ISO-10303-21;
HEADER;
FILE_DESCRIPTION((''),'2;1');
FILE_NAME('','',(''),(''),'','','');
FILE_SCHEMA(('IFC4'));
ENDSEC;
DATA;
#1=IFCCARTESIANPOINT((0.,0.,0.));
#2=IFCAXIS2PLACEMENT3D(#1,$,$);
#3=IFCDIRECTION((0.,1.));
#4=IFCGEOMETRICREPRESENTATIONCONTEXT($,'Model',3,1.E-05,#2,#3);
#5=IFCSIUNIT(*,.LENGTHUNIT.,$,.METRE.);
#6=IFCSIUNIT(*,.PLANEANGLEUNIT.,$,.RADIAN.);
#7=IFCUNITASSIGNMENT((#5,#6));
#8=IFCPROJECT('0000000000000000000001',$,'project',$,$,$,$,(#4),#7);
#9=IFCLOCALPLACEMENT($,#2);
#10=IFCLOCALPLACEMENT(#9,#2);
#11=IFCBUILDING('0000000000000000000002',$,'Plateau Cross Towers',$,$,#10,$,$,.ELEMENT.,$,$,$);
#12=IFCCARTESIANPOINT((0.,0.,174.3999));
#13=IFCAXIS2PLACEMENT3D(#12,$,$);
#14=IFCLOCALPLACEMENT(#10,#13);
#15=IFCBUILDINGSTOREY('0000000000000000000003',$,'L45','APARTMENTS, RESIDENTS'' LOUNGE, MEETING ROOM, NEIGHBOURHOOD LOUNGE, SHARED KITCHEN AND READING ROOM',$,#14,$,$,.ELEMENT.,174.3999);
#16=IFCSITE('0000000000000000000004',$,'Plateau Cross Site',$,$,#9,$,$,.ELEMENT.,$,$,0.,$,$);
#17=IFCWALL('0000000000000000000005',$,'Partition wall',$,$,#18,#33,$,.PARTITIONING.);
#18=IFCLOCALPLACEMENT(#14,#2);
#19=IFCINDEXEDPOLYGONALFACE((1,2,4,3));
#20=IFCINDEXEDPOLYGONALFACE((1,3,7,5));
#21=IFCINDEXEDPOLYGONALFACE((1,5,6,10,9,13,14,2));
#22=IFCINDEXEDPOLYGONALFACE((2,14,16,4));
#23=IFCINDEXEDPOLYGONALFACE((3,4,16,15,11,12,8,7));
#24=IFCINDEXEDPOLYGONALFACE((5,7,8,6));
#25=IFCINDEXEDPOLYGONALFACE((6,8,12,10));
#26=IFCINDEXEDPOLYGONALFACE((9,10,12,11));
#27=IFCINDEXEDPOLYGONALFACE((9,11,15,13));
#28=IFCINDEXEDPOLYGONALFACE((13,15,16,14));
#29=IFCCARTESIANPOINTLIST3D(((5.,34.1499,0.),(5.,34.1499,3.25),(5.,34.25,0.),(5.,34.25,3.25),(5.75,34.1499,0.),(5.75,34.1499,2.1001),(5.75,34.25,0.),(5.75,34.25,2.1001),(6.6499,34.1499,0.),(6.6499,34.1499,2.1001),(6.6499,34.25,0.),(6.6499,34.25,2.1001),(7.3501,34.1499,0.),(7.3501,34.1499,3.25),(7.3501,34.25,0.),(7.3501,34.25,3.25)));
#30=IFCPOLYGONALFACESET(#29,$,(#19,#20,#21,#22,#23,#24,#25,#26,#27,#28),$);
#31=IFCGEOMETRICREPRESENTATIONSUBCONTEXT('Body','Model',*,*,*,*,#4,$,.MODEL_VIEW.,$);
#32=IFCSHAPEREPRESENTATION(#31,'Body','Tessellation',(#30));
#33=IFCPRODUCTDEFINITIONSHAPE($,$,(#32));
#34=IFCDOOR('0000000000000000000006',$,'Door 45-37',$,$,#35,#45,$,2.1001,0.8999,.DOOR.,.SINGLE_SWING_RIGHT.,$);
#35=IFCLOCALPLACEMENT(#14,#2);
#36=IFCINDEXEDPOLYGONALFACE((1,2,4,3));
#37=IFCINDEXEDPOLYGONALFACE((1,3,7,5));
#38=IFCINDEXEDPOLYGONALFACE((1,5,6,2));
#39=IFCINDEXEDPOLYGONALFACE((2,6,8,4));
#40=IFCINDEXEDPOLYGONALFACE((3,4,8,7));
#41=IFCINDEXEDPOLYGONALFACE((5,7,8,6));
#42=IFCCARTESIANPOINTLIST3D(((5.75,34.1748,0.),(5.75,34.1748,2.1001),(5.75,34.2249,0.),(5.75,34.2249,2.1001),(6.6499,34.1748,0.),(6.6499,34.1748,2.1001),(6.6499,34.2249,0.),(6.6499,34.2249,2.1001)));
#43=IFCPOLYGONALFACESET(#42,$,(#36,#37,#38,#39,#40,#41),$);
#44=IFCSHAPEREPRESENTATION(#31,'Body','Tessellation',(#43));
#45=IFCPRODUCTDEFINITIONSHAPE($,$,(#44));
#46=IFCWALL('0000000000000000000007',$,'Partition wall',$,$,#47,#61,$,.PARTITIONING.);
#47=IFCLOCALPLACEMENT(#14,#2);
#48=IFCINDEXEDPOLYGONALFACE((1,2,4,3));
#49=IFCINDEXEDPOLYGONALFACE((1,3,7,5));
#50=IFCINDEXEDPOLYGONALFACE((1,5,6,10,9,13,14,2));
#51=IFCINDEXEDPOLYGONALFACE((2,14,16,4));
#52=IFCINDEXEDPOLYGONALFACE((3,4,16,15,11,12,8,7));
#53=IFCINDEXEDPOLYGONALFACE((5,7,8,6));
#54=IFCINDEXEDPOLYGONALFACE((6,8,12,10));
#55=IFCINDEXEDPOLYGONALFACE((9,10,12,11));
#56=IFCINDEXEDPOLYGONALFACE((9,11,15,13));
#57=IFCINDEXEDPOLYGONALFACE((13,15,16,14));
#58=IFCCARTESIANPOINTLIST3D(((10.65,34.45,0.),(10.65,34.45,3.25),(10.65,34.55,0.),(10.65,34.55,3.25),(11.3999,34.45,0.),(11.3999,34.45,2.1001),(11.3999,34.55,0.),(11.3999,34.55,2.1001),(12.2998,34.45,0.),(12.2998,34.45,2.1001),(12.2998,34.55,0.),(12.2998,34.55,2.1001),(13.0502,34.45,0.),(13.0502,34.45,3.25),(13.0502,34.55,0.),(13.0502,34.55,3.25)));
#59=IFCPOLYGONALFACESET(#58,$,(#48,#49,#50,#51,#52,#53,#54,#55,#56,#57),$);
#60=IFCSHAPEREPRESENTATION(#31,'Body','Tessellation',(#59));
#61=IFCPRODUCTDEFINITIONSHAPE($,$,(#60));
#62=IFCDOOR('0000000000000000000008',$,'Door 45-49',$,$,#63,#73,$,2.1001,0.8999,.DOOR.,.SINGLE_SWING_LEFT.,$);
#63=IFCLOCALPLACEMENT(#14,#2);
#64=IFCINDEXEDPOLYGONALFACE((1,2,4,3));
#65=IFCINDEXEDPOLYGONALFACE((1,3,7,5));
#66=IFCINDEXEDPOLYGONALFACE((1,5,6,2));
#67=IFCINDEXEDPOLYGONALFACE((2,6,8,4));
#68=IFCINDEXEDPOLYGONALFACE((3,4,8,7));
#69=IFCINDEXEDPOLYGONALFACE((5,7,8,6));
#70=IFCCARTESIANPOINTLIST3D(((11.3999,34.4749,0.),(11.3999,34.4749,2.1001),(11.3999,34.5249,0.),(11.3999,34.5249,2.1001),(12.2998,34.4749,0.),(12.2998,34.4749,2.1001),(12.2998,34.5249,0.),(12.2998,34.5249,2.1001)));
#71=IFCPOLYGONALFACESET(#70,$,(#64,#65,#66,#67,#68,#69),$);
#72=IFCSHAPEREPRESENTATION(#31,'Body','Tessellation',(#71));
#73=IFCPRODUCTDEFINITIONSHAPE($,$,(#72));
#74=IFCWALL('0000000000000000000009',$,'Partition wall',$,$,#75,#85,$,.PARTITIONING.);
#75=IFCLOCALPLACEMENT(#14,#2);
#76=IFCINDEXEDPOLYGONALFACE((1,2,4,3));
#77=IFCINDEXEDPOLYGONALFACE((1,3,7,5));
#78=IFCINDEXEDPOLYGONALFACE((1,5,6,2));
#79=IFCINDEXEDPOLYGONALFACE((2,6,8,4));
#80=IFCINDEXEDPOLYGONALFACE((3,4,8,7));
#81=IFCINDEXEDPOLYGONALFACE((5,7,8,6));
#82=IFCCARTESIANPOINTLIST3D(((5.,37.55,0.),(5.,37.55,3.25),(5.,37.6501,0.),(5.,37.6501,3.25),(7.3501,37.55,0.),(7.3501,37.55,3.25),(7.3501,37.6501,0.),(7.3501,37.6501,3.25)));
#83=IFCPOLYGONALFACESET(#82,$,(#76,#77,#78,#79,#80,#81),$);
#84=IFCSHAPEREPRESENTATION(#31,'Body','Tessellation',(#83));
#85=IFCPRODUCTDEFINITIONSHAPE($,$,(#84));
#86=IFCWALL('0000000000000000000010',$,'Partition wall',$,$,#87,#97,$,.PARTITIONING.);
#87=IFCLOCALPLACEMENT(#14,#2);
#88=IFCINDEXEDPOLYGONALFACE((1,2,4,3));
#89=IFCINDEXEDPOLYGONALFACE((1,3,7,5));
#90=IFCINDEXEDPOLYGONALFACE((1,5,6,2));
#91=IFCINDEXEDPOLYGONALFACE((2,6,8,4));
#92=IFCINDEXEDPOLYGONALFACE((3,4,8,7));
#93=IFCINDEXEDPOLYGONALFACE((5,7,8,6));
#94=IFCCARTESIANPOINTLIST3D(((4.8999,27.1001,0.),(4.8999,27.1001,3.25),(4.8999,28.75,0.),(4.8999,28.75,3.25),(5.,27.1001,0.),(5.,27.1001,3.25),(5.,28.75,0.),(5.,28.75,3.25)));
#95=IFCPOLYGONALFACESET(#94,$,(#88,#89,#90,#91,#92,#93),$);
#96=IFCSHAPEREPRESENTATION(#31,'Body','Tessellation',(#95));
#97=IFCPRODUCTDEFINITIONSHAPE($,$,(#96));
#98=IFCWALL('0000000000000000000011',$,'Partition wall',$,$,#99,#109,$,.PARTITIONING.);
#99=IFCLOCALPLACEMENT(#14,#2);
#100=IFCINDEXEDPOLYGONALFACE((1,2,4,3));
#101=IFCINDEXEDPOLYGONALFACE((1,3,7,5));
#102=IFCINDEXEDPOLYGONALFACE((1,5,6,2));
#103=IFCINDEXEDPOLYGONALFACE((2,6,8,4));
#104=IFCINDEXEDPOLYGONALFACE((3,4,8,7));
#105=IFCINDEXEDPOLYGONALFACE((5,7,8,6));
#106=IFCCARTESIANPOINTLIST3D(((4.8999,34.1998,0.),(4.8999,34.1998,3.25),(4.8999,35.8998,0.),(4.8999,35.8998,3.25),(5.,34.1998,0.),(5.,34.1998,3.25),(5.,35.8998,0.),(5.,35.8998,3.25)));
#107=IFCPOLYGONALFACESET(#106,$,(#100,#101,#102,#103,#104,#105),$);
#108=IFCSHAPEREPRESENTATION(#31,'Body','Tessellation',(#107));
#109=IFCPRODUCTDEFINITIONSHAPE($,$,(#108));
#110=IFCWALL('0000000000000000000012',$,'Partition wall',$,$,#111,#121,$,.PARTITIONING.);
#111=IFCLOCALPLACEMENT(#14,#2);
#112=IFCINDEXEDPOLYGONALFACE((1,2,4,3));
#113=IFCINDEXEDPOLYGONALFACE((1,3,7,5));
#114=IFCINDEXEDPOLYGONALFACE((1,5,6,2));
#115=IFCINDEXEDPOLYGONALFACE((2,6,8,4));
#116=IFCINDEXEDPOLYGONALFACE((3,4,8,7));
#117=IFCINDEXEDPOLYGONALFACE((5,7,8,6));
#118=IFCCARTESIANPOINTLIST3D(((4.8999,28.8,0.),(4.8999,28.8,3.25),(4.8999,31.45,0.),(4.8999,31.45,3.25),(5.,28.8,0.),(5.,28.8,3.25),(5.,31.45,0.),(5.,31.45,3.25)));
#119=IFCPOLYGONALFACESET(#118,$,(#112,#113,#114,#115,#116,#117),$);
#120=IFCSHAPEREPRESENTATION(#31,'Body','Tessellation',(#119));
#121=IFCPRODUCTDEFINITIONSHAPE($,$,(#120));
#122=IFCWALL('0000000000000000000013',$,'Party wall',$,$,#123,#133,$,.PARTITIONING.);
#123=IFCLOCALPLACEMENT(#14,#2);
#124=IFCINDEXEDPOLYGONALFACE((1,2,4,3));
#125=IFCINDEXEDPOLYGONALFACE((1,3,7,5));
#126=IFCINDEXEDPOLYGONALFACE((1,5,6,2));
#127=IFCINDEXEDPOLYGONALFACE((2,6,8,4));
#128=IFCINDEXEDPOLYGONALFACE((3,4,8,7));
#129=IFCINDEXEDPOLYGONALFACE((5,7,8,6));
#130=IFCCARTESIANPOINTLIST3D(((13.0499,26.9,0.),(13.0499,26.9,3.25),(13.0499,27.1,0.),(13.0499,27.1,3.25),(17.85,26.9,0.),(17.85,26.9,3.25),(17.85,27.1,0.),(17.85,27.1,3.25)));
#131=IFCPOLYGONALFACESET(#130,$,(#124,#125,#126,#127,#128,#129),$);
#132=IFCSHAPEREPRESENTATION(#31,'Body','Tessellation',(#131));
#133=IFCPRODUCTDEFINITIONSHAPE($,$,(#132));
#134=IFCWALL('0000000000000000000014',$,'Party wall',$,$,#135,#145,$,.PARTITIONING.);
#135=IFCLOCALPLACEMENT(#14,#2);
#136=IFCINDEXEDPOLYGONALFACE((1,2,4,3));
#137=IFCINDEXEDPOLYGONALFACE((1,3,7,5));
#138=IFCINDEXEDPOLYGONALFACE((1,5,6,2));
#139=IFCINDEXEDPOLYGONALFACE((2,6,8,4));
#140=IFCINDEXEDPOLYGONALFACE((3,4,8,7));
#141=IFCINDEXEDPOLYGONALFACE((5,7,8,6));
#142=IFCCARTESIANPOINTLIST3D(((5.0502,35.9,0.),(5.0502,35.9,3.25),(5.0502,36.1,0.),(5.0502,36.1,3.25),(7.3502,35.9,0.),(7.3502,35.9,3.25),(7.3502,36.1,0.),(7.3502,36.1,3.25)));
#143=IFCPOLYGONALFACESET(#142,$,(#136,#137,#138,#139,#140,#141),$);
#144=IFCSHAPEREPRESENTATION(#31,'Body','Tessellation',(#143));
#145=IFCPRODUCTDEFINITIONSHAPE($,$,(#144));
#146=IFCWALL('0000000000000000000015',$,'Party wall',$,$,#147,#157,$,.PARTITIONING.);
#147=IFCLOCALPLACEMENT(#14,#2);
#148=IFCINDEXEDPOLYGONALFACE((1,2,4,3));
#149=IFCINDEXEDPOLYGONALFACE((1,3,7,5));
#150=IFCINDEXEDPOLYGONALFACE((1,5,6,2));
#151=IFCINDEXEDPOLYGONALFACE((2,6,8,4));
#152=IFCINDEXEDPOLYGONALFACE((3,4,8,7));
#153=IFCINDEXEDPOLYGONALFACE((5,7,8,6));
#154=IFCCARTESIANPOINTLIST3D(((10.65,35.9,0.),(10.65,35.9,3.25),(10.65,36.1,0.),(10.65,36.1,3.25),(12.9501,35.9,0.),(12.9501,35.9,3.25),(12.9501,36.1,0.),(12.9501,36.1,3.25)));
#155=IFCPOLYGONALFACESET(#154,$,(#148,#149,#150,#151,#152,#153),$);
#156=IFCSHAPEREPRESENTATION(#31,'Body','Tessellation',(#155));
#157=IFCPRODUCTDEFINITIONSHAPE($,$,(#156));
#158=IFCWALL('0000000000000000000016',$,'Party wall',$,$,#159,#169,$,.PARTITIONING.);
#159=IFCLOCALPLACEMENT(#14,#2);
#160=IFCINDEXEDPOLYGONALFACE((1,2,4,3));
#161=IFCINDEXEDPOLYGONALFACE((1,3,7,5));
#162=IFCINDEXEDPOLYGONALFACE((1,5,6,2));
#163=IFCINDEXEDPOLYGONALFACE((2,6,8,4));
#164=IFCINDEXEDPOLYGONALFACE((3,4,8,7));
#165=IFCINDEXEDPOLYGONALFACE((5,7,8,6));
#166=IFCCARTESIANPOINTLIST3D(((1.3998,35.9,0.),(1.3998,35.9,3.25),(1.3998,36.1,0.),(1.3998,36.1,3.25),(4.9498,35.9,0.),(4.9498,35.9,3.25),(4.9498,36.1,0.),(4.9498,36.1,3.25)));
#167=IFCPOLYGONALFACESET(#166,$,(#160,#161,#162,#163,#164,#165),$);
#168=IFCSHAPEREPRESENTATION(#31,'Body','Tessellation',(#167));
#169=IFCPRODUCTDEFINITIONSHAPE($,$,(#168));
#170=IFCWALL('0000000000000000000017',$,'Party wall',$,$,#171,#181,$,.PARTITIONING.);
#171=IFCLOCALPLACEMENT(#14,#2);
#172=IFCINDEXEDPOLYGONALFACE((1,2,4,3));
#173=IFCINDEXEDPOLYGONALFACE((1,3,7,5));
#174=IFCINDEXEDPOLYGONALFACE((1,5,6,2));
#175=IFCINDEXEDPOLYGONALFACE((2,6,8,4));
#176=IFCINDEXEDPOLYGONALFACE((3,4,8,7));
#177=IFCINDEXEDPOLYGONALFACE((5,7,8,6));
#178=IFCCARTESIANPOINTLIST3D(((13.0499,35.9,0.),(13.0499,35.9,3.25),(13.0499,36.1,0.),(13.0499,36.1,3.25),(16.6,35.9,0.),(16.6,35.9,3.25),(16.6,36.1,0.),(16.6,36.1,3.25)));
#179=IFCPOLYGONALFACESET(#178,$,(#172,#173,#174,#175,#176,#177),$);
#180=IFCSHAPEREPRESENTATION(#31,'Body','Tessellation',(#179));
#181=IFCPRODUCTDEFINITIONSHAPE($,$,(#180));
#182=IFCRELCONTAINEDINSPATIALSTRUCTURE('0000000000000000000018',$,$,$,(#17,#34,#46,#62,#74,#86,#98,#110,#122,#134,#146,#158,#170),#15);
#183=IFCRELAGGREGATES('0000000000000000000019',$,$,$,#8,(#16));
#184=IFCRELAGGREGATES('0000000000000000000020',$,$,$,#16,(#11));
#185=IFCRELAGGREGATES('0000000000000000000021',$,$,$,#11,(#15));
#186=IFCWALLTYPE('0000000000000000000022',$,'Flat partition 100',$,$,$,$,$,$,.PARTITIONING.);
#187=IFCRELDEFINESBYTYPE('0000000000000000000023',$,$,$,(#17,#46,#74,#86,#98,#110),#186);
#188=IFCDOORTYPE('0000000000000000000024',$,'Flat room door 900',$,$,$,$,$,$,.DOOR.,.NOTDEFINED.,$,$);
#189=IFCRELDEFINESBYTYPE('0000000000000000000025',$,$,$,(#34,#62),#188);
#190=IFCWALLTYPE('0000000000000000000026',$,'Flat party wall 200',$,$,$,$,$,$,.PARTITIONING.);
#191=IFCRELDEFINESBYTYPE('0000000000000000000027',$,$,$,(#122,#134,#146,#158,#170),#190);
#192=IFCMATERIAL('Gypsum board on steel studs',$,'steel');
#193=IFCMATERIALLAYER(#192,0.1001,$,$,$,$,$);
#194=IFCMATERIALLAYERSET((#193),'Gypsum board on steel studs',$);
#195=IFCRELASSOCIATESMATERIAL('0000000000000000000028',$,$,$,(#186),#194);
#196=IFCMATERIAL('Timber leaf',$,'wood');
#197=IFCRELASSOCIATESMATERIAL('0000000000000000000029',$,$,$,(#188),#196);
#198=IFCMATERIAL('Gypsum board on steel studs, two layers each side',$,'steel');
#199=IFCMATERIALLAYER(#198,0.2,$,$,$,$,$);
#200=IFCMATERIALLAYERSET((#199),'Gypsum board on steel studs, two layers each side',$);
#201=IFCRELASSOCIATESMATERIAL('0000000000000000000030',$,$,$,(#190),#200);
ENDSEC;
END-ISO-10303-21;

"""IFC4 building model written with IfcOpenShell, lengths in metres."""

from ifc_helpers import new_model, si_unit, direction, frame, frame_2d, origin, place, context, subcontext, project, spatial, rectangle, extrude, material, layer, layer_set, type_object, element, fill, save


model = new_model("IFC4")

# Units and contexts
model_context = context("Model", 3, precision=1e-05, world=origin(), true_north=direction((0.0, 1.0)))
body_context = subcontext(model_context, "Body", "Model", "MODEL_VIEW")
ifc_project = project(units=[si_unit("LENGTHUNIT", "METRE"), si_unit("PLANEANGLEUNIT", "RADIAN")], contexts=[model_context])

# Site, building, storey
site_placement = place(None, origin())
site = spatial("IfcSite", under=ifc_project, at=site_placement, Name="Plateau Cross Site", CompositionType="ELEMENT", RefElevation=0.0)
building_placement = place(site_placement, origin())
building = spatial("IfcBuilding", under=site, at=building_placement, Name="Plateau Cross Towers", CompositionType="ELEMENT")
storey_placement = place(building_placement, frame((0.0, 0.0, 174.3999)))
storey = spatial("IfcBuildingStorey", under=building, at=storey_placement, Name="L45", Description="APARTMENTS, RESIDENTS' LOUNGE, MEETING ROOM, NEIGHBOURHOOD LOUNGE, SHARED KITCHEN AND READING ROOM", CompositionType="ELEMENT", Elevation=174.3999)

# Walls, openings, doors
ifc_material_1 = material(Name="Gypsum board on steel studs", Category="steel")
ifc_layer_1 = layer(ifc_material_1, 0.1001)
ifc_layer_set_1 = layer_set([ifc_layer_1], Name="Gypsum board on steel studs")
wall_type_1 = type_object("IfcWallType", Name="Flat partition 100", PredefinedType="PARTITIONING", material=ifc_layer_set_1)
ifc_material_2 = material(Name="Timber leaf", Category="wood")
door_type_1 = type_object("IfcDoorType", Name="Flat room door 900", OperationType="NOTDEFINED", PredefinedType="DOOR", material=ifc_material_2)
wall_1_placement = place(storey_placement, frame((5.0, 34.2, 0.0), z_axis=(0.0, 0.0, 1.0), x_axis=(1.0, 0.0, 0.0)))
wall_1 = element("IfcWall", 1, at=wall_1_placement, inside=storey, type_object=wall_type_1, Name="Partition wall", PredefinedType="PARTITIONING", context=body_context, shape_type="SweptSolid", body=[
    extrude(rectangle(XDim=2.3501, YDim=0.1001, at=frame_2d((1.175, 0.0))), origin(), (0.0, 0.0, 1.0), 3.25),
])
opening_1_placement = place(wall_1_placement, frame((0.75, 0.0, 0.0)))
opening_1 = element("IfcOpeningElement", 2, at=opening_1_placement, cuts=wall_1, PredefinedType="OPENING", context=body_context, shape_type="SweptSolid", body=[
    extrude(rectangle(XDim=0.8999, YDim=2.1001, at=frame_2d((0.45, 1.05))), frame((0.0, 0.0601, 0.0), z_axis=(0.0, -1.0, 0.0), x_axis=(1.0, 0.0, 0.0)), (0.0, 0.0, 1.0), 0.1201),
])
door_1_placement = place(opening_1_placement, origin())
door_1 = element("IfcDoor", 3, at=door_1_placement, inside=storey, type_object=door_type_1, Name="Door 45-37", OperationType="SINGLE_SWING_RIGHT", OverallHeight=2.1001, OverallWidth=0.8999, PredefinedType="DOOR", context=body_context, shape_type="SweptSolid", body=[
    extrude(rectangle(XDim=0.8999, YDim=2.1001, at=frame_2d((0.45, 1.05))), frame((0.0, 0.0249, 0.0), z_axis=(0.0, -1.0, 0.0), x_axis=(1.0, 0.0, 0.0)), (0.0, 0.0, 1.0), 0.05),
])
fill(opening_1, door_1)
wall_2_placement = place(storey_placement, frame((10.6499, 34.5, 0.0), z_axis=(0.0, 0.0, 1.0), x_axis=(1.0, 0.0, 0.0)))
wall_2 = element("IfcWall", 4, at=wall_2_placement, inside=storey, type_object=wall_type_1, Name="Partition wall", PredefinedType="PARTITIONING", context=body_context, shape_type="SweptSolid", body=[
    extrude(rectangle(XDim=2.4001, YDim=0.1001, at=frame_2d((1.2002, 0.0))), origin(), (0.0, 0.0, 1.0), 3.25),
])
opening_2_placement = place(wall_2_placement, frame((0.75, 0.0, 0.0)))
opening_2 = element("IfcOpeningElement", 5, at=opening_2_placement, cuts=wall_2, PredefinedType="OPENING", context=body_context, shape_type="SweptSolid", body=[
    extrude(rectangle(XDim=0.8999, YDim=2.1001, at=frame_2d((0.45, 1.05))), frame((0.0, 0.0601, 0.0), z_axis=(0.0, -1.0, 0.0), x_axis=(1.0, 0.0, 0.0)), (0.0, 0.0, 1.0), 0.1201),
])
door_2_placement = place(opening_2_placement, origin())
door_2 = element("IfcDoor", 6, at=door_2_placement, inside=storey, type_object=door_type_1, Name="Door 45-49", OperationType="SINGLE_SWING_LEFT", OverallHeight=2.1001, OverallWidth=0.8999, PredefinedType="DOOR", context=body_context, shape_type="SweptSolid", body=[
    extrude(rectangle(XDim=0.8999, YDim=2.1001, at=frame_2d((0.45, 1.05))), frame((0.0, 0.0249, 0.0), z_axis=(0.0, -1.0, 0.0), x_axis=(1.0, 0.0, 0.0)), (0.0, 0.0, 1.0), 0.05),
])
fill(opening_2, door_2)

# Walls
wall_3_placement = place(storey_placement, frame((7.3501, 37.6001, 0.0), z_axis=(0.0, 0.0, 1.0), x_axis=(-1.0, 0.0, 0.0)))
element("IfcWall", 7, at=wall_3_placement, inside=storey, type_object=wall_type_1, Name="Partition wall", PredefinedType="PARTITIONING", context=body_context, shape_type="SweptSolid", body=[
    extrude(rectangle(XDim=2.3501, YDim=0.1001, at=frame_2d((1.175, 0.0))), origin(), (0.0, 0.0, 1.0), 3.25),
])
wall_4_placement = place(storey_placement, frame((4.95, 28.75, 0.0), z_axis=(0.0, 0.0, 1.0), x_axis=(0.0, -1.0, 0.0)))
element("IfcWall", 8, at=wall_4_placement, inside=storey, type_object=wall_type_1, Name="Partition wall", PredefinedType="PARTITIONING", context=body_context, shape_type="SweptSolid", body=[
    extrude(rectangle(XDim=1.6499, YDim=0.1001, at=frame_2d((0.825, 0.0))), origin(), (0.0, 0.0, 1.0), 3.25),
])
wall_5_placement = place(storey_placement, frame((4.95, 35.8999, 0.0), z_axis=(0.0, 0.0, 1.0), x_axis=(0.0, -1.0, 0.0)))
element("IfcWall", 9, at=wall_5_placement, inside=storey, type_object=wall_type_1, Name="Partition wall", PredefinedType="PARTITIONING", context=body_context, shape_type="SweptSolid", body=[
    extrude(rectangle(XDim=1.7, YDim=0.1001, at=frame_2d((0.8501, 0.0))), origin(), (0.0, 0.0, 1.0), 3.25),
])
wall_6_placement = place(storey_placement, frame((4.95, 28.8, 0.0), z_axis=(0.0, 0.0, 1.0), x_axis=(0.0, 1.0, 0.0)))
element("IfcWall", 10, at=wall_6_placement, inside=storey, type_object=wall_type_1, Name="Partition wall", PredefinedType="PARTITIONING", context=body_context, shape_type="SweptSolid", body=[
    extrude(rectangle(XDim=2.6499, YDim=0.1001, at=frame_2d((1.325, 0.0))), origin(), (0.0, 0.0, 1.0), 3.25),
])
ifc_material_3 = material(Name="Gypsum board on steel studs, two layers each side", Category="steel")
ifc_layer_2 = layer(ifc_material_3, 0.2)
ifc_layer_set_2 = layer_set([ifc_layer_2], Name="Gypsum board on steel studs, two layers each side")
wall_type_2 = type_object("IfcWallType", Name="Flat party wall 200", PredefinedType="PARTITIONING", material=ifc_layer_set_2)
wall_7_placement = place(storey_placement, frame((13.05, 27.0, 0.0), z_axis=(0.0, 0.0, 1.0), x_axis=(1.0, 0.0, 0.0)))
element("IfcWall", 11, at=wall_7_placement, inside=storey, type_object=wall_type_2, Name="Party wall", PredefinedType="PARTITIONING", context=body_context, shape_type="SweptSolid", body=[
    extrude(rectangle(XDim=4.8, YDim=0.2, at=frame_2d((2.3999, 0.0))), origin(), (0.0, 0.0, 1.0), 3.25),
])
for number, where, z_axis, x_axis, name in (
    (12, (7.3501, 36.0, 0.0), (0.0, 0.0, 1.0), (-1.0, 0.0, 0.0), "Party wall"),
    (13, (12.95, 36.0, 0.0), (0.0, 0.0, 1.0), (-1.0, 0.0, 0.0), "Party wall"),
):
    element("IfcWall", number, at=place(storey_placement, frame(where, z_axis=z_axis, x_axis=x_axis)), inside=storey, type_object=wall_type_2, Name=name, PredefinedType="PARTITIONING", context=body_context, shape_type="SweptSolid", body=[
        extrude(rectangle(XDim=2.3, YDim=0.2, at=frame_2d((1.1499, 0.0))), origin(), (0.0, 0.0, 1.0), 3.25),
    ])
for number, where, z_axis, x_axis, name in (
    (14, (1.3999, 36.0, 0.0), (0.0, 0.0, 1.0), (1.0, 0.0, 0.0), "Party wall"),
    (15, (13.05, 36.0, 0.0), (0.0, 0.0, 1.0), (1.0, 0.0, 0.0), "Party wall"),
):
    element("IfcWall", number, at=place(storey_placement, frame(where, z_axis=z_axis, x_axis=x_axis)), inside=storey, type_object=wall_type_2, Name=name, PredefinedType="PARTITIONING", context=body_context, shape_type="SweptSolid", body=[
        extrude(rectangle(XDim=3.55, YDim=0.2, at=frame_2d((1.7749, 0.0))), origin(), (0.0, 0.0, 1.0), 3.25),
    ])

save(model, "model.ifc")
